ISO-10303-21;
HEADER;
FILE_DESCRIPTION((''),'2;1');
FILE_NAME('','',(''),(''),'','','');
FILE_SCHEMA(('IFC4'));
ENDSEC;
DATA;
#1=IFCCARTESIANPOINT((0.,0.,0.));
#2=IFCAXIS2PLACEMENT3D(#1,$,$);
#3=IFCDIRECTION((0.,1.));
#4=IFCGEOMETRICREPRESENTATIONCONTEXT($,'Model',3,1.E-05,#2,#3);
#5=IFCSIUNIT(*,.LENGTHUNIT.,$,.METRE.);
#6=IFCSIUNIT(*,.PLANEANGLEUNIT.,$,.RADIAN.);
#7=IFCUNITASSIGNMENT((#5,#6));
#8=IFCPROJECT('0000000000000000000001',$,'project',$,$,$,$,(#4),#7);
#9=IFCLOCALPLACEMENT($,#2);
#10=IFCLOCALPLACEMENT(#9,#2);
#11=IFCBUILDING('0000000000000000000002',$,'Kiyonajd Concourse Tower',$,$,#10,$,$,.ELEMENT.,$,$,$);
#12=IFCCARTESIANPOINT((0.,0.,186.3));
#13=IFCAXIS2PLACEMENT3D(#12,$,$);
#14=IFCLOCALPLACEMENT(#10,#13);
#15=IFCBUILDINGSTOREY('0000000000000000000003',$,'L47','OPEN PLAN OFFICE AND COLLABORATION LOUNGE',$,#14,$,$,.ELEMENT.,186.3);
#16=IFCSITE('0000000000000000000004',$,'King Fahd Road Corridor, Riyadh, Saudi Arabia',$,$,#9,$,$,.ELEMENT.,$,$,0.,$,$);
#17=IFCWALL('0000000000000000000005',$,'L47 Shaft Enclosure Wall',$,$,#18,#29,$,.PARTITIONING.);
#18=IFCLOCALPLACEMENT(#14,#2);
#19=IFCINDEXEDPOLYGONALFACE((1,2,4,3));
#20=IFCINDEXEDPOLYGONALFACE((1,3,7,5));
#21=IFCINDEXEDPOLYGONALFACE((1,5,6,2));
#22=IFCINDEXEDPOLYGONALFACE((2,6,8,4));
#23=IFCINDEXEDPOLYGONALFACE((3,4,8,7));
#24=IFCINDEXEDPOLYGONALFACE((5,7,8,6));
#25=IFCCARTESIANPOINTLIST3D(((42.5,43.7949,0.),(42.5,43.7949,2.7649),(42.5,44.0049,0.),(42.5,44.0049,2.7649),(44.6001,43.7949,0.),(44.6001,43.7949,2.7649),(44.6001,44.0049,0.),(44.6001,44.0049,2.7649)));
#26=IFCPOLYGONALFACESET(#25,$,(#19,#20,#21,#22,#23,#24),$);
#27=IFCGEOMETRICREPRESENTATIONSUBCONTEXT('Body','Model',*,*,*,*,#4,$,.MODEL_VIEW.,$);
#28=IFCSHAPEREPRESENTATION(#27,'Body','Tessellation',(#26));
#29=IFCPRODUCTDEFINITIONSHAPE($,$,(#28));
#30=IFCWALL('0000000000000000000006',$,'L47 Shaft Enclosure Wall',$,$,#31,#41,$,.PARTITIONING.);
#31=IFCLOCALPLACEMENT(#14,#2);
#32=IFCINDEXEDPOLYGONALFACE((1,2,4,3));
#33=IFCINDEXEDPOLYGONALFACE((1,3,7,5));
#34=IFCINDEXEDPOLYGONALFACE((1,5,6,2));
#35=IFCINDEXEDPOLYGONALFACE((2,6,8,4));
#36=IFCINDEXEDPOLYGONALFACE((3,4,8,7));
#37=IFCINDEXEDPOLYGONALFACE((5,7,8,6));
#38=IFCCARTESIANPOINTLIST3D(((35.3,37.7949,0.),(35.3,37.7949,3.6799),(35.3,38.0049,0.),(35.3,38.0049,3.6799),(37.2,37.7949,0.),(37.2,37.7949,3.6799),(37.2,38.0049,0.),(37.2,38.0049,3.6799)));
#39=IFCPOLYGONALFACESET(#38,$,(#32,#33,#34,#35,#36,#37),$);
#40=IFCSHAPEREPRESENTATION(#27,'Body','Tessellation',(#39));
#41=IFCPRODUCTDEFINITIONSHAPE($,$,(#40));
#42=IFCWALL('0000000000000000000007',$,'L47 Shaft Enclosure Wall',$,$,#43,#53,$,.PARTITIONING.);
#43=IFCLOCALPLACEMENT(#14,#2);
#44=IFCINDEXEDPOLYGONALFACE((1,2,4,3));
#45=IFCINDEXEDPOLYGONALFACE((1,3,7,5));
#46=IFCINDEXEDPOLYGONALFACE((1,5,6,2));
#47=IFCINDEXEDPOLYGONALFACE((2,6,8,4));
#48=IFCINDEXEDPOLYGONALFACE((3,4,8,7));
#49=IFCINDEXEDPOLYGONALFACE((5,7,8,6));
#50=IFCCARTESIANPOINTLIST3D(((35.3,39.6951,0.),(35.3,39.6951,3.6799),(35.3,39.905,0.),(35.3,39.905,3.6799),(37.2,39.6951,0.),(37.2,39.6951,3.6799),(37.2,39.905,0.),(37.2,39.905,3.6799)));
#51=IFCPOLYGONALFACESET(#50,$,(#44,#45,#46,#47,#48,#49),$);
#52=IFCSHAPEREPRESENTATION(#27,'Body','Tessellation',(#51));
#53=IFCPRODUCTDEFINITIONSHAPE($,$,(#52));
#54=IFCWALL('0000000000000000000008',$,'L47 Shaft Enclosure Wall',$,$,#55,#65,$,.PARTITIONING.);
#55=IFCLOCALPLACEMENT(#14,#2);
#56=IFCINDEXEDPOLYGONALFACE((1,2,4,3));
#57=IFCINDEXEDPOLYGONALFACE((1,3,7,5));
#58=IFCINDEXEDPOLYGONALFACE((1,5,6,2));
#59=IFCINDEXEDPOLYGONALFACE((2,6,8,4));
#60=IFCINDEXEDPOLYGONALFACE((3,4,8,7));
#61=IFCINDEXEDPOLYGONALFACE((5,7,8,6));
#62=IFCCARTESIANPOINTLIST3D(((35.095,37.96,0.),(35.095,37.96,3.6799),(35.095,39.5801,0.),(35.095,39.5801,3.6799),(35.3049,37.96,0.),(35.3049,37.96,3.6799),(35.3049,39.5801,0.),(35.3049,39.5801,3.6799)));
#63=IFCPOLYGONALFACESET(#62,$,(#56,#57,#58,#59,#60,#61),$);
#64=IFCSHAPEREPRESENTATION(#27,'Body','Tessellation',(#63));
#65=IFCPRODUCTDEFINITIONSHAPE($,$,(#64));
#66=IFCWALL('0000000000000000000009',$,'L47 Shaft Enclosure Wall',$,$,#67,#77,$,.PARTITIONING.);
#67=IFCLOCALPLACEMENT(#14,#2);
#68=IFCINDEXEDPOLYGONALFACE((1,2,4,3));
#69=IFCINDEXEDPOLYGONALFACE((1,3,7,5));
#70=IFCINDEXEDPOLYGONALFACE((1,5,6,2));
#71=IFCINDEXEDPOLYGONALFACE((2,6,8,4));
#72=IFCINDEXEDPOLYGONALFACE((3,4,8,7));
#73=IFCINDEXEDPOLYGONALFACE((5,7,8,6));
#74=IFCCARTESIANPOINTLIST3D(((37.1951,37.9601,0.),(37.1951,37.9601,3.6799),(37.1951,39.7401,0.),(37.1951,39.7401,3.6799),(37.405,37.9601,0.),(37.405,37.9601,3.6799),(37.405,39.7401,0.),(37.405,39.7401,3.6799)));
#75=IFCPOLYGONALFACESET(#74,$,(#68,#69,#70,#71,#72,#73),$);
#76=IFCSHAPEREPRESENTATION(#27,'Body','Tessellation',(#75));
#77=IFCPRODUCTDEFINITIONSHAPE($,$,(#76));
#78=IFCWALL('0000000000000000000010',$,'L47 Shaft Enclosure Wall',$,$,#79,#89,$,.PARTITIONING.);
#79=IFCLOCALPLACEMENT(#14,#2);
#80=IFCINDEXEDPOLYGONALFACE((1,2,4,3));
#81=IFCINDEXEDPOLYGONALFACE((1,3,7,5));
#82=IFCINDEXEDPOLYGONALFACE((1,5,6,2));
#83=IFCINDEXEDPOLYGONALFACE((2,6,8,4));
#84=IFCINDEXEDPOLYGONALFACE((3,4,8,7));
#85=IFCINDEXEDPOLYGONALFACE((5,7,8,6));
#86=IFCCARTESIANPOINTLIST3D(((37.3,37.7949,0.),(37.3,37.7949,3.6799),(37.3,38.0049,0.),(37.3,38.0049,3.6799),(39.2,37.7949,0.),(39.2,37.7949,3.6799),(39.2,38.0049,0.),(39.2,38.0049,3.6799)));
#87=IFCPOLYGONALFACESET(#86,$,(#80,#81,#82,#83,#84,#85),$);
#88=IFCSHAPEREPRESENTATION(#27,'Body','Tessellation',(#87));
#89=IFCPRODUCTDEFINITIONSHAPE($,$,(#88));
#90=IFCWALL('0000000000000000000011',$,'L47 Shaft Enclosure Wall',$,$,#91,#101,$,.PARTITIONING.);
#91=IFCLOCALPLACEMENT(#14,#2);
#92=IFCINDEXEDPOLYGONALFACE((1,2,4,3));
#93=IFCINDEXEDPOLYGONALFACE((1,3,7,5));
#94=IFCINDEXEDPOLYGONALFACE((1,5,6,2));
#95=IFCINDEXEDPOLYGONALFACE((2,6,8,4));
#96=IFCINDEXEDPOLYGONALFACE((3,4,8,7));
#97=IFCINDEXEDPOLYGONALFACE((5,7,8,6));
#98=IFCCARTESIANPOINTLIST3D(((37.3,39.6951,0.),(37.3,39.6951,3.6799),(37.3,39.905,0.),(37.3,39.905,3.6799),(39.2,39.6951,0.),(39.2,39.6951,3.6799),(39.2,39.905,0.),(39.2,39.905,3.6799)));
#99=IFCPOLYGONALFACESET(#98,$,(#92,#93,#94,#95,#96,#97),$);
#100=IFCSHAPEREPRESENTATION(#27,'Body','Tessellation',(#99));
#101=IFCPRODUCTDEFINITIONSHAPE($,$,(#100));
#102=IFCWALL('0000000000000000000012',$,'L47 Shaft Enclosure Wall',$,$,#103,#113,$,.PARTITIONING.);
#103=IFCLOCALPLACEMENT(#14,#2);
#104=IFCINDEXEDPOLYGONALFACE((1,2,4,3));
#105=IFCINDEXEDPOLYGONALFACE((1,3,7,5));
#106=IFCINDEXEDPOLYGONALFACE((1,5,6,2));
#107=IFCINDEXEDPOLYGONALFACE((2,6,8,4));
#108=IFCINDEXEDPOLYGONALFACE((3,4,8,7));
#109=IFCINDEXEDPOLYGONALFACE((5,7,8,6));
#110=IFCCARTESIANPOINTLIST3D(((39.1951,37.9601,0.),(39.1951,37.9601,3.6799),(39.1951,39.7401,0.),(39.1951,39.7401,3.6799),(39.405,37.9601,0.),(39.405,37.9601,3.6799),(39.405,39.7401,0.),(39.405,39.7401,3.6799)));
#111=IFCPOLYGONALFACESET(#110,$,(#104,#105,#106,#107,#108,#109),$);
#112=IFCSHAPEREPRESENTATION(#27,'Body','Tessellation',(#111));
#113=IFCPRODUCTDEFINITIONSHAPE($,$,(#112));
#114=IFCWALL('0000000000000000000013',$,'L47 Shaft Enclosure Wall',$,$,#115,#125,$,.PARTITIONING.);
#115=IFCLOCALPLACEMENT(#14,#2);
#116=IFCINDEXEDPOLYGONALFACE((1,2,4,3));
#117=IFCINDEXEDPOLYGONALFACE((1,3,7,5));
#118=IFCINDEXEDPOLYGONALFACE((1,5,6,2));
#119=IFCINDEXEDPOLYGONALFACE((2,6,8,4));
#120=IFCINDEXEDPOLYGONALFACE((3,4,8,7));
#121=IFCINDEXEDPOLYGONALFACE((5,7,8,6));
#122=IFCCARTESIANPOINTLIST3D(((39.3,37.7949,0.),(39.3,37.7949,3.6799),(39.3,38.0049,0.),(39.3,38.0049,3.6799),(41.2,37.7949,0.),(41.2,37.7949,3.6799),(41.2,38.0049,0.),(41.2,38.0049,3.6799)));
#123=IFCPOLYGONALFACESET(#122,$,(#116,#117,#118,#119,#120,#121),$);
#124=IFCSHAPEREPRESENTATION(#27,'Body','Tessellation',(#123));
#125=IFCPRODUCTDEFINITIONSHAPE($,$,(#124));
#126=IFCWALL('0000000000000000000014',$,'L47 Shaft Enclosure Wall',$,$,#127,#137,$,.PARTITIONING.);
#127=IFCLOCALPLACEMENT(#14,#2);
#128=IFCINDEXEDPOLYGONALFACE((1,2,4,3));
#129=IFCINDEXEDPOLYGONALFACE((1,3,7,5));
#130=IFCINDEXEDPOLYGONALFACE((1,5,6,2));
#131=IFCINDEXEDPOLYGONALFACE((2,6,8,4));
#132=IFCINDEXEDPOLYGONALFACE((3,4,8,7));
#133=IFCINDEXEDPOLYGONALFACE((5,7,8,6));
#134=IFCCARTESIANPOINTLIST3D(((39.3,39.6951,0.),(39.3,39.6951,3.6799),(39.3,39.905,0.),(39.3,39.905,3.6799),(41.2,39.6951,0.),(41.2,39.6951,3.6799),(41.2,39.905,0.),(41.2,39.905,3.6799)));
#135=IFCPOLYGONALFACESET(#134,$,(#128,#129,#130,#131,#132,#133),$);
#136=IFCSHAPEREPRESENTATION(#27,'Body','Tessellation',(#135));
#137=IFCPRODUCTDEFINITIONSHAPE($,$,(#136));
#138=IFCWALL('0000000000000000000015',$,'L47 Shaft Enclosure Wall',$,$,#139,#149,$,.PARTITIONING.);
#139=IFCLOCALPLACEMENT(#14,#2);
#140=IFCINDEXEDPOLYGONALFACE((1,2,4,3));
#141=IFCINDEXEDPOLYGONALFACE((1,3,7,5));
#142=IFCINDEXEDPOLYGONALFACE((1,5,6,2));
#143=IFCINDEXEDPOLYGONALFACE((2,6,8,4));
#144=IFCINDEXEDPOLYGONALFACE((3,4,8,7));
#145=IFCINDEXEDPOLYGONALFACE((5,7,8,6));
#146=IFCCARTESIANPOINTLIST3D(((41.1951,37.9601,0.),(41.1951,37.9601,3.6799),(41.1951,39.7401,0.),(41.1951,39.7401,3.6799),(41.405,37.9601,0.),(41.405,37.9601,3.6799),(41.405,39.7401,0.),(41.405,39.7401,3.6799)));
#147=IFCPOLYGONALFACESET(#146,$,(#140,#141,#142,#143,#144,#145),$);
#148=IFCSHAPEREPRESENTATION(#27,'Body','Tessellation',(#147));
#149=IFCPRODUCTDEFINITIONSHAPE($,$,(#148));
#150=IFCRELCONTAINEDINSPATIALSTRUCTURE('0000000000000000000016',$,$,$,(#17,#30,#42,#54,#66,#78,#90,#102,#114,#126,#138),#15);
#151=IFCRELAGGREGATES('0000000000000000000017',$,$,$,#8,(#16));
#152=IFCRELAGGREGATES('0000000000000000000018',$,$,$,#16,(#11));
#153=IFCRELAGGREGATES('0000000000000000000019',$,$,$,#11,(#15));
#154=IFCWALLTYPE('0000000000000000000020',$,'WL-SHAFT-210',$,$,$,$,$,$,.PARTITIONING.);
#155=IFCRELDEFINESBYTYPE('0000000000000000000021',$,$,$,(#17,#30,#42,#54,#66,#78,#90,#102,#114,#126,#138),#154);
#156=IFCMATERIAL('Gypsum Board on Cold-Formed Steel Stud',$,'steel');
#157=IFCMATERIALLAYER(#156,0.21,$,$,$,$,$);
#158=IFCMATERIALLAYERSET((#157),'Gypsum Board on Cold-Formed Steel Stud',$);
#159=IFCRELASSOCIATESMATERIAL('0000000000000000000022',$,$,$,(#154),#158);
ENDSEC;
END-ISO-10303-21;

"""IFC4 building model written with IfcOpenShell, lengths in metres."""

from ifc_helpers import new_model, si_unit, direction, frame, frame_2d, origin, place, context, subcontext, project, spatial, rectangle, extrude, material, layer, layer_set, type_object, element, save


model = new_model("IFC4")

# Units and contexts
model_context = context("Model", 3, precision=1e-05, world=origin(), true_north=direction((0.0, 1.0)))
body_context = subcontext(model_context, "Body", "Model", "MODEL_VIEW")
ifc_project = project(units=[si_unit("LENGTHUNIT", "METRE"), si_unit("PLANEANGLEUNIT", "RADIAN")], contexts=[model_context])

# Site, building, storey
site_placement = place(None, origin())
site = spatial("IfcSite", under=ifc_project, at=site_placement, Name="King Fahd Road Corridor, Riyadh, Saudi Arabia", CompositionType="ELEMENT", RefElevation=0.0)
building_placement = place(site_placement, origin())
building = spatial("IfcBuilding", under=site, at=building_placement, Name="Kiyonajd Concourse Tower", CompositionType="ELEMENT")
storey_placement = place(building_placement, frame((0.0, 0.0, 186.3)))
storey = spatial("IfcBuildingStorey", under=building, at=storey_placement, Name="L47", Description="OPEN PLAN OFFICE AND COLLABORATION LOUNGE", CompositionType="ELEMENT", Elevation=186.3)

# Shared definitions
ifc_material_1 = material(Name="Gypsum Board on Cold-Formed Steel Stud", Category="steel")
ifc_layer_1 = layer(ifc_material_1, 0.21)
ifc_layer_set_1 = layer_set([ifc_layer_1], Name="Gypsum Board on Cold-Formed Steel Stud")
wall_type_1 = type_object("IfcWallType", Name="WL-SHAFT-210", PredefinedType="PARTITIONING", material=ifc_layer_set_1)

# Walls
wall_1_placement = place(storey_placement, frame((42.5, 43.8999, 0.0), z_axis=(0.0, 0.0, 1.0), x_axis=(1.0, 0.0, 0.0)))
element("IfcWall", 1, at=wall_1_placement, inside=storey, type_object=wall_type_1, Name="L47 Shaft Enclosure Wall", PredefinedType="PARTITIONING", context=body_context, shape_type="SweptSolid", body=[
    extrude(rectangle(XDim=2.1001, YDim=0.21, at=frame_2d((1.05, 0.0))), origin(), (0.0, 0.0, 1.0), 2.7649),
])
for number, where, z_axis, x_axis, name in (
    (2, (35.3, 37.8999, 0.0), (0.0, 0.0, 1.0), (1.0, 0.0, 0.0), "L47 Shaft Enclosure Wall"),
    (3, (35.3, 39.8, 0.0), (0.0, 0.0, 1.0), (1.0, 0.0, 0.0), "L47 Shaft Enclosure Wall"),
):
    element("IfcWall", number, at=place(storey_placement, frame(where, z_axis=z_axis, x_axis=x_axis)), inside=storey, type_object=wall_type_1, Name=name, PredefinedType="PARTITIONING", context=body_context, shape_type="SweptSolid", body=[
        extrude(rectangle(XDim=1.8999, YDim=0.21, at=frame_2d((0.95, 0.0))), origin(), (0.0, 0.0, 1.0), 3.6799),
    ])
wall_2_placement = place(storey_placement, frame((35.2, 37.96, 0.0), z_axis=(0.0, 0.0, 1.0), x_axis=(0.0, 1.0, 0.0)))
element("IfcWall", 4, at=wall_2_placement, inside=storey, type_object=wall_type_1, Name="L47 Shaft Enclosure Wall", PredefinedType="PARTITIONING", context=body_context, shape_type="SweptSolid", body=[
    extrude(rectangle(XDim=1.6201, YDim=0.21, at=frame_2d((0.8101, 0.0))), origin(), (0.0, 0.0, 1.0), 3.6799),
])
wall_3_placement = place(storey_placement, frame((37.3, 37.96, 0.0), z_axis=(0.0, 0.0, 1.0), x_axis=(0.0, 1.0, 0.0)))
element("IfcWall", 5, at=wall_3_placement, inside=storey, type_object=wall_type_1, Name="L47 Shaft Enclosure Wall", PredefinedType="PARTITIONING", context=body_context, shape_type="SweptSolid", body=[
    extrude(rectangle(XDim=1.78, YDim=0.21, at=frame_2d((0.8901, 0.0))), origin(), (0.0, 0.0, 1.0), 3.6799),
])
for number, where, z_axis, x_axis, name in (
    (6, (37.3, 37.8999, 0.0), (0.0, 0.0, 1.0), (1.0, 0.0, 0.0), "L47 Shaft Enclosure Wall"),
    (7, (37.3, 39.8, 0.0), (0.0, 0.0, 1.0), (1.0, 0.0, 0.0), "L47 Shaft Enclosure Wall"),
):
    element("IfcWall", number, at=place(storey_placement, frame(where, z_axis=z_axis, x_axis=x_axis)), inside=storey, type_object=wall_type_1, Name=name, PredefinedType="PARTITIONING", context=body_context, shape_type="SweptSolid", body=[
        extrude(rectangle(XDim=1.8999, YDim=0.21, at=frame_2d((0.95, 0.0))), origin(), (0.0, 0.0, 1.0), 3.6799),
    ])
wall_4_placement = place(storey_placement, frame((39.3, 37.96, 0.0), z_axis=(0.0, 0.0, 1.0), x_axis=(0.0, 1.0, 0.0)))
element("IfcWall", 8, at=wall_4_placement, inside=storey, type_object=wall_type_1, Name="L47 Shaft Enclosure Wall", PredefinedType="PARTITIONING", context=body_context, shape_type="SweptSolid", body=[
    extrude(rectangle(XDim=1.78, YDim=0.21, at=frame_2d((0.8901, 0.0))), origin(), (0.0, 0.0, 1.0), 3.6799),
])
for number, where, z_axis, x_axis, name in (
    (9, (39.3, 37.8999, 0.0), (0.0, 0.0, 1.0), (1.0, 0.0, 0.0), "L47 Shaft Enclosure Wall"),
    (10, (39.3, 39.8, 0.0), (0.0, 0.0, 1.0), (1.0, 0.0, 0.0), "L47 Shaft Enclosure Wall"),
):
    element("IfcWall", number, at=place(storey_placement, frame(where, z_axis=z_axis, x_axis=x_axis)), inside=storey, type_object=wall_type_1, Name=name, PredefinedType="PARTITIONING", context=body_context, shape_type="SweptSolid", body=[
        extrude(rectangle(XDim=1.8999, YDim=0.21, at=frame_2d((0.95, 0.0))), origin(), (0.0, 0.0, 1.0), 3.6799),
    ])
wall_5_placement = place(storey_placement, frame((41.3, 37.96, 0.0), z_axis=(0.0, 0.0, 1.0), x_axis=(0.0, 1.0, 0.0)))
element("IfcWall", 11, at=wall_5_placement, inside=storey, type_object=wall_type_1, Name="L47 Shaft Enclosure Wall", PredefinedType="PARTITIONING", context=body_context, shape_type="SweptSolid", body=[
    extrude(rectangle(XDim=1.78, YDim=0.21, at=frame_2d((0.8901, 0.0))), origin(), (0.0, 0.0, 1.0), 3.6799),
])

save(model, "model.ifc")
